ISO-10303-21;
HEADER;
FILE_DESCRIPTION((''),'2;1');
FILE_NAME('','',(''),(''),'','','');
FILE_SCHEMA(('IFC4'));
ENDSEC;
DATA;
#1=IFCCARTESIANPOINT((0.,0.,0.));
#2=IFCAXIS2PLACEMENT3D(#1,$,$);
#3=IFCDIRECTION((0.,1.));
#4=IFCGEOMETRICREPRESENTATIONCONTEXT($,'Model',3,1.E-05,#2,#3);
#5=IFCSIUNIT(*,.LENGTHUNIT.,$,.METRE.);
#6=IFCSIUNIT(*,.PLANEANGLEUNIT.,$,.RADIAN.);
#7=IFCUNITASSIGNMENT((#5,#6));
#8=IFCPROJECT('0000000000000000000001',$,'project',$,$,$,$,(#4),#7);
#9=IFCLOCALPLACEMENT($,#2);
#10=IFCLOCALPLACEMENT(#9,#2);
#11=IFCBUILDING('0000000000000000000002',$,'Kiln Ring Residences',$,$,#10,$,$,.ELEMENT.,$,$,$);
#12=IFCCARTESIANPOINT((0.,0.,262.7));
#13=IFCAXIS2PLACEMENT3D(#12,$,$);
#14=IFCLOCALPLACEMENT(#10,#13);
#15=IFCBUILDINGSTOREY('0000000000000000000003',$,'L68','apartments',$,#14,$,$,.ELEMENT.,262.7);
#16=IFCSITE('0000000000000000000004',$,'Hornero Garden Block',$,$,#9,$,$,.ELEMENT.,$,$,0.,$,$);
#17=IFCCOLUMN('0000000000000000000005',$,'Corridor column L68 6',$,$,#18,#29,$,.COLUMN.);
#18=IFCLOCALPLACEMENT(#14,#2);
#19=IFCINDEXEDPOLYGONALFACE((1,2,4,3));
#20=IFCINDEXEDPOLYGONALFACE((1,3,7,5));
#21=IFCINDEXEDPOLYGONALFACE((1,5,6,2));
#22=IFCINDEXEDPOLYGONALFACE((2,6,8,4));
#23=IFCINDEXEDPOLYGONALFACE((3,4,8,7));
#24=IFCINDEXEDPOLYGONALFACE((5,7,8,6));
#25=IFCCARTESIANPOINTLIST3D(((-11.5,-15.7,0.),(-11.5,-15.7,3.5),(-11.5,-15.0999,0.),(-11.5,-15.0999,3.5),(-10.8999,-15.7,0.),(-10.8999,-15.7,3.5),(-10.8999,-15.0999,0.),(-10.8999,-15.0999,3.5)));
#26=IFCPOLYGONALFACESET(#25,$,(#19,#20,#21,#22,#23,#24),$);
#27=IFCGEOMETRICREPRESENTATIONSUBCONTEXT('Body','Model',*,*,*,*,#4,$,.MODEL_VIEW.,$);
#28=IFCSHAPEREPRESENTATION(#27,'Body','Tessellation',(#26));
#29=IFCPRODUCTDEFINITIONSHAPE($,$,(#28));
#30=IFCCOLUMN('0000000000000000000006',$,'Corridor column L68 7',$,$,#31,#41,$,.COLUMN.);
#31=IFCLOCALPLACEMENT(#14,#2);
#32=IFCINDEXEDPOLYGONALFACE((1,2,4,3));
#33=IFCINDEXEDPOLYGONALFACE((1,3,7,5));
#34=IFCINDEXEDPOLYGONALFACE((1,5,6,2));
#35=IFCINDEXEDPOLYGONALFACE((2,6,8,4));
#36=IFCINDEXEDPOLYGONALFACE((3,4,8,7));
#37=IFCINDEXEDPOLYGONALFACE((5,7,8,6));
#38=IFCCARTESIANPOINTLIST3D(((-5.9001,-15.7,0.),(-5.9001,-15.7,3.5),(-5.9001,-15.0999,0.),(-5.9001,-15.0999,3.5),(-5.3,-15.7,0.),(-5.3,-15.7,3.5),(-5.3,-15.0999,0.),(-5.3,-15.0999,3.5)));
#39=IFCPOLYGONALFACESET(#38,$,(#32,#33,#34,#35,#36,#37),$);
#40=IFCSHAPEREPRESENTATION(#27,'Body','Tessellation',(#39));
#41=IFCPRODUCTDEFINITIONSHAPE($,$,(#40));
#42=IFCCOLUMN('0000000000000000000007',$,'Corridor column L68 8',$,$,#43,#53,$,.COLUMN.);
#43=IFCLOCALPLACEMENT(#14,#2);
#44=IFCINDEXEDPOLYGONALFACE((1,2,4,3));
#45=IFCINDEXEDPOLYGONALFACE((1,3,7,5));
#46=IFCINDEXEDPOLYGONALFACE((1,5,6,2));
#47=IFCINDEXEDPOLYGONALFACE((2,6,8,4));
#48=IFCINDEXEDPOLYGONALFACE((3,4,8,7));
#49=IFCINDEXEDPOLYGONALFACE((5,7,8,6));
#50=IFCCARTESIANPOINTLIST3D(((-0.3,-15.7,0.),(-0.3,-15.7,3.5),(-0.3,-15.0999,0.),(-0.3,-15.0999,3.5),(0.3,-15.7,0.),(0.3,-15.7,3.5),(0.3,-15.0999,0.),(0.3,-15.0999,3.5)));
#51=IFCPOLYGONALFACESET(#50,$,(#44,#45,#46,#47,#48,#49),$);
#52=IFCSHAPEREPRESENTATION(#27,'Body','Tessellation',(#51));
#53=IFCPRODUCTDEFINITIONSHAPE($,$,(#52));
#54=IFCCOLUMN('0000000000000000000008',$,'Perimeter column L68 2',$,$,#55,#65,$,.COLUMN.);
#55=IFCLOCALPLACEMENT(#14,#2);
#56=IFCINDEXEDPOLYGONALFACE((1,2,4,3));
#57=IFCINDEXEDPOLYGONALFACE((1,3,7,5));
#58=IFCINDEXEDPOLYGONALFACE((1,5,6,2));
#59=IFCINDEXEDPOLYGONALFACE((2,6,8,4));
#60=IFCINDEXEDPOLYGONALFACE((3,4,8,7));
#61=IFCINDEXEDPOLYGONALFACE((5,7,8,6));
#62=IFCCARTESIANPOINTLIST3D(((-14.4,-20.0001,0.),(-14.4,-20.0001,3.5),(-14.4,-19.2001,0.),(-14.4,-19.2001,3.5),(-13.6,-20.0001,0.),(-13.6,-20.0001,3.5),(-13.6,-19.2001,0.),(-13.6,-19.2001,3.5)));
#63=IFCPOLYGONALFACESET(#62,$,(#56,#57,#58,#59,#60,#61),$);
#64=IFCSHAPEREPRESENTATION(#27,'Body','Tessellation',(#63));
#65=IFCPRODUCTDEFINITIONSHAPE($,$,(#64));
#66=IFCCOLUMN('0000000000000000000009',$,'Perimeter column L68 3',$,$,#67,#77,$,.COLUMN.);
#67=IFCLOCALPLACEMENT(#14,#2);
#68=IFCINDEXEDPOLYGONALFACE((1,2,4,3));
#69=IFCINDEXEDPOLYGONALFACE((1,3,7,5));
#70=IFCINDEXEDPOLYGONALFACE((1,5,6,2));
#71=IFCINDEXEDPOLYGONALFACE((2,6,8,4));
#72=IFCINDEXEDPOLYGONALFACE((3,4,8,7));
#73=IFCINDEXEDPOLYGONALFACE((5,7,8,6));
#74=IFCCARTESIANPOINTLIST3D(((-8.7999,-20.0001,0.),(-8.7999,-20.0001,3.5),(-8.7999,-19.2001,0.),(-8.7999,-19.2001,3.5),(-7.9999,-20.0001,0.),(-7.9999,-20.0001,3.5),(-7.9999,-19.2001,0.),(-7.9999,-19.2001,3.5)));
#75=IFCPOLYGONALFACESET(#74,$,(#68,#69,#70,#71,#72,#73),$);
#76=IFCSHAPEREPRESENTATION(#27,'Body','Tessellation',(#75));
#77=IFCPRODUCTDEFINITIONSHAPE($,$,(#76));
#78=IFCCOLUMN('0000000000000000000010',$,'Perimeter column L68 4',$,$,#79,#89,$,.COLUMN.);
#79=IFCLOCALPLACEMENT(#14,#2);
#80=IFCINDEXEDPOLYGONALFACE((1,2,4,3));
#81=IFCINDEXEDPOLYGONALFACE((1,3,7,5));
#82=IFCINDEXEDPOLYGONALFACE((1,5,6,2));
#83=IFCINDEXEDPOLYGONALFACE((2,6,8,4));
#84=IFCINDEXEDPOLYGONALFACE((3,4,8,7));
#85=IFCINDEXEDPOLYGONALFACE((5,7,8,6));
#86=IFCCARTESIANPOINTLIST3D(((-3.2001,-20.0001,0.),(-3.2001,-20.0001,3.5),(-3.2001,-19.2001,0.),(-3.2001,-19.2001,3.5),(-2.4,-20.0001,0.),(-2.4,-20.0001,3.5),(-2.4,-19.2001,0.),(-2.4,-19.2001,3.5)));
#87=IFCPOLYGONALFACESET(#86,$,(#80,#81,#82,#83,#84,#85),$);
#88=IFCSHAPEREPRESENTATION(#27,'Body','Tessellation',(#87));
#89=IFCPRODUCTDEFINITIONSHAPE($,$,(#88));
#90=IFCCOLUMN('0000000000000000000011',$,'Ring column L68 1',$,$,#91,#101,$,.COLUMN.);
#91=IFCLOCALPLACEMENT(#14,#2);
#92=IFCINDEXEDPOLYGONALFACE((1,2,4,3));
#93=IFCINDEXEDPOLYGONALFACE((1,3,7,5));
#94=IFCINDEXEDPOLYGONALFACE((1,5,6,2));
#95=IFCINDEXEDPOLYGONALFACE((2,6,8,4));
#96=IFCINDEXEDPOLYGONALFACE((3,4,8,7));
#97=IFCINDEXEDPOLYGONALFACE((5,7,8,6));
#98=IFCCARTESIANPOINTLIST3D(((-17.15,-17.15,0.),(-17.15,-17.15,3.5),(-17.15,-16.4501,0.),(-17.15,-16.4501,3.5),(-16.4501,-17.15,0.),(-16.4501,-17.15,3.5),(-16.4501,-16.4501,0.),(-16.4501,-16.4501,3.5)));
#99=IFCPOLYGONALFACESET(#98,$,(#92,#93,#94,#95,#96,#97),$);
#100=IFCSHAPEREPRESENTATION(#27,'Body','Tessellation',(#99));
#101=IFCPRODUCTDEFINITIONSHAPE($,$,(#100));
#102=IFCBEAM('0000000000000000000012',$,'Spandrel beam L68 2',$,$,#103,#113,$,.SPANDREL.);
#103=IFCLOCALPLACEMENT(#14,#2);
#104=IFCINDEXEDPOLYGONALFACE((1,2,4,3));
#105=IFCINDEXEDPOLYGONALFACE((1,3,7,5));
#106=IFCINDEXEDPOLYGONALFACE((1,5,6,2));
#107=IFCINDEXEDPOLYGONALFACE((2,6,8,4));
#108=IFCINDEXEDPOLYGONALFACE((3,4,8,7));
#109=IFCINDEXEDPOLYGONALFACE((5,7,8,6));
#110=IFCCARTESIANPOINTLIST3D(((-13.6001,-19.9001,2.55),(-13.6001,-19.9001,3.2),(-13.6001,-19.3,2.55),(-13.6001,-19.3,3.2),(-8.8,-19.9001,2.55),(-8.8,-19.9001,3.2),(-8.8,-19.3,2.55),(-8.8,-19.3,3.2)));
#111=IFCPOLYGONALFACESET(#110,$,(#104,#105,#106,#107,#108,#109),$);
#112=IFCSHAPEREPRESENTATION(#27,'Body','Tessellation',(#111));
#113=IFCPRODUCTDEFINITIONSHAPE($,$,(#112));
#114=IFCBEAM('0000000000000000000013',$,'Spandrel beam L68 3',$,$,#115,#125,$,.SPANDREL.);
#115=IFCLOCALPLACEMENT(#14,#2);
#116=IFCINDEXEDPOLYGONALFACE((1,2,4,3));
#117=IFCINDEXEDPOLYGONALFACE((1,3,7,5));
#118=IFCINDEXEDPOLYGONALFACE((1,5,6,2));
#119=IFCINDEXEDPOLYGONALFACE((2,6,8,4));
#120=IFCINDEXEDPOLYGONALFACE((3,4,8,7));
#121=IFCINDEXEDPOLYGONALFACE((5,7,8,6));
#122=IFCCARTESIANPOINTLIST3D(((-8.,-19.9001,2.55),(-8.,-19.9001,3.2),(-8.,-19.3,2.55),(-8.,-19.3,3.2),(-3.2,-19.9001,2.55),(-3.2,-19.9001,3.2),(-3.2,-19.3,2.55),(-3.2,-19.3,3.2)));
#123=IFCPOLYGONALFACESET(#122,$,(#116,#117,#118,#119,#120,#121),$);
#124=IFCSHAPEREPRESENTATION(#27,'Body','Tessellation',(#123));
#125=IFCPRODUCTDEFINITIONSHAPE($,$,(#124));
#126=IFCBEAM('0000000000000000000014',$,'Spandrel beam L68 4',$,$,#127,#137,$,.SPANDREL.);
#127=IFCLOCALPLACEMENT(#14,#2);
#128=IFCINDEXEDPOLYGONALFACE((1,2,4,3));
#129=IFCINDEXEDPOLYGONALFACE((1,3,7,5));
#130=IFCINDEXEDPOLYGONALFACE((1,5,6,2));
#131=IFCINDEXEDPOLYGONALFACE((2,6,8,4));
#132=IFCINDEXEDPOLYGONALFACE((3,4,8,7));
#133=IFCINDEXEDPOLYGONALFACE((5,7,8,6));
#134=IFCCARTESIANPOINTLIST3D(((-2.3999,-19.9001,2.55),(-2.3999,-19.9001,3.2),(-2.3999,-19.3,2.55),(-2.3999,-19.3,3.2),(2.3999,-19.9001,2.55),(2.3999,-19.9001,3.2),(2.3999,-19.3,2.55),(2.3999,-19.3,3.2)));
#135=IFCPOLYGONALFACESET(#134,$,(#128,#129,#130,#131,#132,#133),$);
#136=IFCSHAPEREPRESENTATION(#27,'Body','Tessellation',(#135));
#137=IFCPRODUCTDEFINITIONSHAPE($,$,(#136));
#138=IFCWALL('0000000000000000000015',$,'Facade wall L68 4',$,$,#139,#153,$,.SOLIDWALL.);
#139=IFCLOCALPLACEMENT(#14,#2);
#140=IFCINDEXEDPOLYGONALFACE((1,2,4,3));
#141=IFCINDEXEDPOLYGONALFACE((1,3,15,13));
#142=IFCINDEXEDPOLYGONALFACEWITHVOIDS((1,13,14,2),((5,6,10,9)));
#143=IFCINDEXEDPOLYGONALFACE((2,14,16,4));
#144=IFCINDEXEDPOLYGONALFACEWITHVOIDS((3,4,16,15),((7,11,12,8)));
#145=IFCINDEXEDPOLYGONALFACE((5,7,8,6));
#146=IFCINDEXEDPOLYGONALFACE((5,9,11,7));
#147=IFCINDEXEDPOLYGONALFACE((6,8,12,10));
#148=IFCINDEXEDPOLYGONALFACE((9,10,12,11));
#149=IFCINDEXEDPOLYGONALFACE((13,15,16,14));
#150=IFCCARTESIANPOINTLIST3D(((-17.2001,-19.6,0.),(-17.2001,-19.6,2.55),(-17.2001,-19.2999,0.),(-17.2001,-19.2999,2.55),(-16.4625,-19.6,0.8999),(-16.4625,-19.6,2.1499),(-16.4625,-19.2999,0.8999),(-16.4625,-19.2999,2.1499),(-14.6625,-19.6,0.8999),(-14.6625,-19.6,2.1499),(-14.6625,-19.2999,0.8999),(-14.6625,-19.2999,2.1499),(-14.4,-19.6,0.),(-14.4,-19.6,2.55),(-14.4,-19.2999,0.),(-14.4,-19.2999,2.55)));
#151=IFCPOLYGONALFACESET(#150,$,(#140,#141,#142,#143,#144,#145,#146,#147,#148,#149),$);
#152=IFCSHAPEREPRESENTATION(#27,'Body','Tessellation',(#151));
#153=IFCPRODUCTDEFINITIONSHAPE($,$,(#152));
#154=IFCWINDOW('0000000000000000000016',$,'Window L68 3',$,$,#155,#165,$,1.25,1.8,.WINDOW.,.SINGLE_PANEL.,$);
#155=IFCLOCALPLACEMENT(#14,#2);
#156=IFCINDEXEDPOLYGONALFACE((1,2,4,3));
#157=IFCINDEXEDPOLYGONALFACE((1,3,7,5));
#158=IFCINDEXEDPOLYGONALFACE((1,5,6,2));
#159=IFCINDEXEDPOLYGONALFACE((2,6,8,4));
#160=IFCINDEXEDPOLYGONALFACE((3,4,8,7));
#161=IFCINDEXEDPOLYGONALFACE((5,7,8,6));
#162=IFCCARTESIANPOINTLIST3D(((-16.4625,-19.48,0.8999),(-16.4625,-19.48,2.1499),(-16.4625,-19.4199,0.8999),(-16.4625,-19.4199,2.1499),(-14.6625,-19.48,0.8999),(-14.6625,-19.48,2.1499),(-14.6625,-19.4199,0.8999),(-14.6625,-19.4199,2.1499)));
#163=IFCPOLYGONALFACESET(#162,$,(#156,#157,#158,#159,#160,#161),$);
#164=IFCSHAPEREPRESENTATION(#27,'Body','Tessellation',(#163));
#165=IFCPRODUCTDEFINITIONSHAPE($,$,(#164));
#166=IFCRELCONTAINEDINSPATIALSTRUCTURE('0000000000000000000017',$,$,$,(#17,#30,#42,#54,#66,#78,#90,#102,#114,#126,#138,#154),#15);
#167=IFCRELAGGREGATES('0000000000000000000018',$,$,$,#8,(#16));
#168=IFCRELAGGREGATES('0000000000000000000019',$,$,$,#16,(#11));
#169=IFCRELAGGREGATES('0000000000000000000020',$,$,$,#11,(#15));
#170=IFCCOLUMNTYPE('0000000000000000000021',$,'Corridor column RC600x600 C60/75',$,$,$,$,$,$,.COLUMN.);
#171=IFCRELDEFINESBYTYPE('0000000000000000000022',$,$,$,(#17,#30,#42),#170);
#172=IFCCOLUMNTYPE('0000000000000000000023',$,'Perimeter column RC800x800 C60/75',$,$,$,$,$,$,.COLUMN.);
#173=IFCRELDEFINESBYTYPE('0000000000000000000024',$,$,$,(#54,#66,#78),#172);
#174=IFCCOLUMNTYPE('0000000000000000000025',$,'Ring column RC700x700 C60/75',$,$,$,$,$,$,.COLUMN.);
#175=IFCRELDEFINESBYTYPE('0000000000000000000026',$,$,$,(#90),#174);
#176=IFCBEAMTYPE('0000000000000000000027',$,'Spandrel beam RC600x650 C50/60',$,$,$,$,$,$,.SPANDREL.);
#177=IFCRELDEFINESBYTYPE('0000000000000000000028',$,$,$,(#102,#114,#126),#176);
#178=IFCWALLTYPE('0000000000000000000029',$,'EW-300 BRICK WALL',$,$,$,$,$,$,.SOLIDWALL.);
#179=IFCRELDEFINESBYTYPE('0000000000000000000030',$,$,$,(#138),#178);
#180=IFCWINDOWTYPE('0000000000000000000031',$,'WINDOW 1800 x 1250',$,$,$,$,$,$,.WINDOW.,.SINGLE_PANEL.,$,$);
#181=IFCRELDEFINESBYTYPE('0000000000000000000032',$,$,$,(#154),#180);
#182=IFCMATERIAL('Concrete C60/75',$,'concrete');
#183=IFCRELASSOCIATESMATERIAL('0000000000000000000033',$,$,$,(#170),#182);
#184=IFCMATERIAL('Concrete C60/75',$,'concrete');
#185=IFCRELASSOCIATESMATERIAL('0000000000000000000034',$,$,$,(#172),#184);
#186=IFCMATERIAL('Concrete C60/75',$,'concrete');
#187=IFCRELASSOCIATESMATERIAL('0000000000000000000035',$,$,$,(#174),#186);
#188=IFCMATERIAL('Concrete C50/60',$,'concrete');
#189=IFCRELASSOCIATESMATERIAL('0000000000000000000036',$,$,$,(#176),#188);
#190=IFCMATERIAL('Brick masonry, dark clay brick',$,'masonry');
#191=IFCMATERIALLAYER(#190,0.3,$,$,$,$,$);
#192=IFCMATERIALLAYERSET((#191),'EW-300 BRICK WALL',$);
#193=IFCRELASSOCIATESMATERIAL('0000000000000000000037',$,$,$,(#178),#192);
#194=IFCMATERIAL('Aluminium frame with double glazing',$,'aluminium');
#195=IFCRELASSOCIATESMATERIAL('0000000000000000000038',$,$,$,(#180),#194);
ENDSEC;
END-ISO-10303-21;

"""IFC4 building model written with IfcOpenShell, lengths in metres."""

from ifc_helpers import new_model, si_unit, direction, frame, frame_2d, origin, origin_2d, place, context, subcontext, project, spatial, rectangle, extrude, material, layer, layer_set, material_profile, profile_set, type_object, element, fill, save


model = new_model("IFC4")

# Units and contexts
model_context = context("Model", 3, precision=1e-05, world=origin(), true_north=direction((0.0, 1.0)))
body_context = subcontext(model_context, "Body", "Model", "MODEL_VIEW")
ifc_project = project(units=[si_unit("LENGTHUNIT", "METRE"), si_unit("PLANEANGLEUNIT", "RADIAN")], contexts=[model_context])

# Site, building, storey
site_placement = place(None, origin())
site = spatial("IfcSite", under=ifc_project, at=site_placement, Name="Hornero Garden Block", CompositionType="ELEMENT", RefElevation=0.0)
building_placement = place(site_placement, origin())
building = spatial("IfcBuilding", under=site, at=building_placement, Name="Kiln Ring Residences", CompositionType="ELEMENT")
storey_placement = place(building_placement, frame((0.0, 0.0, 262.7)))
storey = spatial("IfcBuildingStorey", under=building, at=storey_placement, Name="L68", Description="apartments", CompositionType="ELEMENT", Elevation=262.7)

# Columns
ifc_material_1 = material(Name="Concrete C60/75", Category="concrete")
ifc_material_profile_1 = material_profile(ifc_material_1, rectangle(XDim=0.6001, YDim=0.6001, at=origin_2d()), Name="RC600x600")
ifc_profile_set_1 = profile_set([ifc_material_profile_1], Name="Concrete C60/75")
column_type_1 = type_object("IfcColumnType", Name="Corridor column RC600x600 C60/75", PredefinedType="COLUMN", material=ifc_profile_set_1)
for number, where, z_axis, x_axis, name in (
    (1, (-11.2, -15.3999, 0.0), (0.0, 0.0, 1.0), (1.0, 0.0, 0.0), "Corridor column L68 6"),
    (2, (-5.6001, -15.3999, 0.0), (0.0, 0.0, 1.0), (1.0, 0.0, 0.0), "Corridor column L68 7"),
    (3, (0.0, -15.3999, 0.0), (0.0, 0.0, 1.0), (1.0, 0.0, 0.0), "Corridor column L68 8"),
):
    element("IfcColumn", number, at=place(storey_placement, frame(where, z_axis=z_axis, x_axis=x_axis)), inside=storey, type_object=column_type_1, Name=name, PredefinedType="COLUMN", context=body_context, shape_type="SweptSolid", body=[
        extrude(rectangle(XDim=0.6001, YDim=0.6001, at=origin_2d()), origin(), (0.0, 0.0, 1.0), 3.5),
    ])
ifc_material_2 = material(Name="Concrete C60/75", Category="concrete")
ifc_material_profile_2 = material_profile(ifc_material_2, rectangle(XDim=0.8, YDim=0.8, at=origin_2d()), Name="RC800x800")
ifc_profile_set_2 = profile_set([ifc_material_profile_2], Name="Concrete C60/75")
column_type_2 = type_object("IfcColumnType", Name="Perimeter column RC800x800 C60/75", PredefinedType="COLUMN", material=ifc_profile_set_2)
for number, where, z_axis, x_axis, name in (
    (4, (-14.0, -19.6001, 0.0), (0.0, 0.0, 1.0), (1.0, 0.0, 0.0), "Perimeter column L68 2"),
    (5, (-8.3999, -19.6001, 0.0), (0.0, 0.0, 1.0), (1.0, 0.0, 0.0), "Perimeter column L68 3"),
    (6, (-2.8, -19.6001, 0.0), (0.0, 0.0, 1.0), (1.0, 0.0, 0.0), "Perimeter column L68 4"),
):
    element("IfcColumn", number, at=place(storey_placement, frame(where, z_axis=z_axis, x_axis=x_axis)), inside=storey, type_object=column_type_2, Name=name, PredefinedType="COLUMN", context=body_context, shape_type="SweptSolid", body=[
        extrude(rectangle(XDim=0.8, YDim=0.8, at=origin_2d()), origin(), (0.0, 0.0, 1.0), 3.5),
    ])
ifc_material_3 = material(Name="Concrete C60/75", Category="concrete")
ifc_material_profile_3 = material_profile(ifc_material_3, rectangle(XDim=0.7, YDim=0.7, at=origin_2d()), Name="RC700x700")
ifc_profile_set_3 = profile_set([ifc_material_profile_3], Name="Concrete C60/75")
column_type_3 = type_object("IfcColumnType", Name="Ring column RC700x700 C60/75", PredefinedType="COLUMN", material=ifc_profile_set_3)
column_placement = place(storey_placement, frame((-16.8, -16.8, 0.0), z_axis=(0.0, 0.0, 1.0), x_axis=(1.0, 0.0, 0.0)))
element("IfcColumn", 7, at=column_placement, inside=storey, type_object=column_type_3, Name="Ring column L68 1", PredefinedType="COLUMN", context=body_context, shape_type="SweptSolid", body=[
    extrude(rectangle(XDim=0.7, YDim=0.7, at=origin_2d()), origin(), (0.0, 0.0, 1.0), 3.5),
])

# Beams
ifc_material_4 = material(Name="Concrete C50/60", Category="concrete")
ifc_material_profile_4 = material_profile(ifc_material_4, rectangle(XDim=0.6001, YDim=0.6499, at=origin_2d()), Name="RC600x650")
ifc_profile_set_4 = profile_set([ifc_material_profile_4], Name="Concrete C50/60")
beam_type = type_object("IfcBeamType", Name="Spandrel beam RC600x650 C50/60", PredefinedType="SPANDREL", material=ifc_profile_set_4)
for number, where, z_axis, x_axis, name in (
    (8, (-13.6001, -19.6001, 2.875), (1.0, 0.0, 0.0), (0.0, 1.0, 0.0), "Spandrel beam L68 2"),
    (9, (-8.0, -19.6001, 2.875), (1.0, 0.0, 0.0), (0.0, 1.0, 0.0), "Spandrel beam L68 3"),
):
    element("IfcBeam", number, at=place(storey_placement, frame(where, z_axis=z_axis, x_axis=x_axis)), inside=storey, type_object=beam_type, Name=name, PredefinedType="SPANDREL", context=body_context, shape_type="SweptSolid", body=[
        extrude(rectangle(XDim=0.6001, YDim=0.6499, at=origin_2d()), origin(), (0.0, 0.0, 1.0), 4.8),
    ])
beam_placement = place(storey_placement, frame((-2.3999, -19.6001, 2.875), z_axis=(1.0, 0.0, 0.0), x_axis=(0.0, 1.0, 0.0)))
element("IfcBeam", 10, at=beam_placement, inside=storey, type_object=beam_type, Name="Spandrel beam L68 4", PredefinedType="SPANDREL", context=body_context, shape_type="SweptSolid", body=[
    extrude(rectangle(XDim=0.6001, YDim=0.6499, at=origin_2d()), origin(), (0.0, 0.0, 1.0), 4.7998),
])

# Wall, opening, window
ifc_material_5 = material(Name="Brick masonry, dark clay brick", Category="masonry")
ifc_layer_1 = layer(ifc_material_5, 0.3)
ifc_layer_set_1 = layer_set([ifc_layer_1], Name="EW-300 BRICK WALL")
wall_type_1 = type_object("IfcWallType", Name="EW-300 BRICK WALL", PredefinedType="SOLIDWALL", material=ifc_layer_set_1)
wall_1_placement = place(storey_placement, frame((-17.2, -19.45, 0.0), z_axis=(0.0, 0.0, 1.0), x_axis=(1.0, 0.0, 0.0)))
wall_1 = element("IfcWall", 11, at=wall_1_placement, inside=storey, type_object=wall_type_1, Name="Facade wall L68 4", PredefinedType="SOLIDWALL", context=body_context, shape_type="SweptSolid", body=[
    extrude(rectangle(XDim=2.8, YDim=0.3, at=frame_2d((1.3999, 0.0))), origin(), (0.0, 0.0, 1.0), 2.55),
])
opening_1_placement = place(wall_1_placement, frame((0.7375, 0.0, 0.8999)))
opening_1 = element("IfcOpeningElement", 12, at=opening_1_placement, cuts=wall_1, PredefinedType="OPENING", context=body_context, shape_type="SweptSolid", body=[
    extrude(rectangle(XDim=1.8, YDim=1.25, at=frame_2d((0.8999, 0.625))), frame((0.0, 0.1599, 0.0), z_axis=(0.0, -1.0, 0.0), x_axis=(1.0, 0.0, 0.0)), (0.0, 0.0, 1.0), 0.3201),
])
ifc_material_6 = material(Name="Aluminium frame with double glazing", Category="aluminium")
window_type_1 = type_object("IfcWindowType", Name="WINDOW 1800 x 1250", PartitioningType="SINGLE_PANEL", PredefinedType="WINDOW", material=ifc_material_6)
window_1_placement = place(opening_1_placement, origin())
window_1 = element("IfcWindow", 13, at=window_1_placement, inside=storey, type_object=window_type_1, Name="Window L68 3", OverallHeight=1.25, OverallWidth=1.8, PartitioningType="SINGLE_PANEL", PredefinedType="WINDOW", context=body_context, shape_type="SweptSolid", body=[
    extrude(rectangle(XDim=1.8, YDim=1.25, at=frame_2d((0.8999, 0.625))), frame((0.0, 0.03, 0.0), z_axis=(0.0, -1.0, 0.0), x_axis=(1.0, 0.0, 0.0)), (0.0, 0.0, 1.0), 0.0601),
])
fill(opening_1, window_1)

save(model, "model.ifc")
